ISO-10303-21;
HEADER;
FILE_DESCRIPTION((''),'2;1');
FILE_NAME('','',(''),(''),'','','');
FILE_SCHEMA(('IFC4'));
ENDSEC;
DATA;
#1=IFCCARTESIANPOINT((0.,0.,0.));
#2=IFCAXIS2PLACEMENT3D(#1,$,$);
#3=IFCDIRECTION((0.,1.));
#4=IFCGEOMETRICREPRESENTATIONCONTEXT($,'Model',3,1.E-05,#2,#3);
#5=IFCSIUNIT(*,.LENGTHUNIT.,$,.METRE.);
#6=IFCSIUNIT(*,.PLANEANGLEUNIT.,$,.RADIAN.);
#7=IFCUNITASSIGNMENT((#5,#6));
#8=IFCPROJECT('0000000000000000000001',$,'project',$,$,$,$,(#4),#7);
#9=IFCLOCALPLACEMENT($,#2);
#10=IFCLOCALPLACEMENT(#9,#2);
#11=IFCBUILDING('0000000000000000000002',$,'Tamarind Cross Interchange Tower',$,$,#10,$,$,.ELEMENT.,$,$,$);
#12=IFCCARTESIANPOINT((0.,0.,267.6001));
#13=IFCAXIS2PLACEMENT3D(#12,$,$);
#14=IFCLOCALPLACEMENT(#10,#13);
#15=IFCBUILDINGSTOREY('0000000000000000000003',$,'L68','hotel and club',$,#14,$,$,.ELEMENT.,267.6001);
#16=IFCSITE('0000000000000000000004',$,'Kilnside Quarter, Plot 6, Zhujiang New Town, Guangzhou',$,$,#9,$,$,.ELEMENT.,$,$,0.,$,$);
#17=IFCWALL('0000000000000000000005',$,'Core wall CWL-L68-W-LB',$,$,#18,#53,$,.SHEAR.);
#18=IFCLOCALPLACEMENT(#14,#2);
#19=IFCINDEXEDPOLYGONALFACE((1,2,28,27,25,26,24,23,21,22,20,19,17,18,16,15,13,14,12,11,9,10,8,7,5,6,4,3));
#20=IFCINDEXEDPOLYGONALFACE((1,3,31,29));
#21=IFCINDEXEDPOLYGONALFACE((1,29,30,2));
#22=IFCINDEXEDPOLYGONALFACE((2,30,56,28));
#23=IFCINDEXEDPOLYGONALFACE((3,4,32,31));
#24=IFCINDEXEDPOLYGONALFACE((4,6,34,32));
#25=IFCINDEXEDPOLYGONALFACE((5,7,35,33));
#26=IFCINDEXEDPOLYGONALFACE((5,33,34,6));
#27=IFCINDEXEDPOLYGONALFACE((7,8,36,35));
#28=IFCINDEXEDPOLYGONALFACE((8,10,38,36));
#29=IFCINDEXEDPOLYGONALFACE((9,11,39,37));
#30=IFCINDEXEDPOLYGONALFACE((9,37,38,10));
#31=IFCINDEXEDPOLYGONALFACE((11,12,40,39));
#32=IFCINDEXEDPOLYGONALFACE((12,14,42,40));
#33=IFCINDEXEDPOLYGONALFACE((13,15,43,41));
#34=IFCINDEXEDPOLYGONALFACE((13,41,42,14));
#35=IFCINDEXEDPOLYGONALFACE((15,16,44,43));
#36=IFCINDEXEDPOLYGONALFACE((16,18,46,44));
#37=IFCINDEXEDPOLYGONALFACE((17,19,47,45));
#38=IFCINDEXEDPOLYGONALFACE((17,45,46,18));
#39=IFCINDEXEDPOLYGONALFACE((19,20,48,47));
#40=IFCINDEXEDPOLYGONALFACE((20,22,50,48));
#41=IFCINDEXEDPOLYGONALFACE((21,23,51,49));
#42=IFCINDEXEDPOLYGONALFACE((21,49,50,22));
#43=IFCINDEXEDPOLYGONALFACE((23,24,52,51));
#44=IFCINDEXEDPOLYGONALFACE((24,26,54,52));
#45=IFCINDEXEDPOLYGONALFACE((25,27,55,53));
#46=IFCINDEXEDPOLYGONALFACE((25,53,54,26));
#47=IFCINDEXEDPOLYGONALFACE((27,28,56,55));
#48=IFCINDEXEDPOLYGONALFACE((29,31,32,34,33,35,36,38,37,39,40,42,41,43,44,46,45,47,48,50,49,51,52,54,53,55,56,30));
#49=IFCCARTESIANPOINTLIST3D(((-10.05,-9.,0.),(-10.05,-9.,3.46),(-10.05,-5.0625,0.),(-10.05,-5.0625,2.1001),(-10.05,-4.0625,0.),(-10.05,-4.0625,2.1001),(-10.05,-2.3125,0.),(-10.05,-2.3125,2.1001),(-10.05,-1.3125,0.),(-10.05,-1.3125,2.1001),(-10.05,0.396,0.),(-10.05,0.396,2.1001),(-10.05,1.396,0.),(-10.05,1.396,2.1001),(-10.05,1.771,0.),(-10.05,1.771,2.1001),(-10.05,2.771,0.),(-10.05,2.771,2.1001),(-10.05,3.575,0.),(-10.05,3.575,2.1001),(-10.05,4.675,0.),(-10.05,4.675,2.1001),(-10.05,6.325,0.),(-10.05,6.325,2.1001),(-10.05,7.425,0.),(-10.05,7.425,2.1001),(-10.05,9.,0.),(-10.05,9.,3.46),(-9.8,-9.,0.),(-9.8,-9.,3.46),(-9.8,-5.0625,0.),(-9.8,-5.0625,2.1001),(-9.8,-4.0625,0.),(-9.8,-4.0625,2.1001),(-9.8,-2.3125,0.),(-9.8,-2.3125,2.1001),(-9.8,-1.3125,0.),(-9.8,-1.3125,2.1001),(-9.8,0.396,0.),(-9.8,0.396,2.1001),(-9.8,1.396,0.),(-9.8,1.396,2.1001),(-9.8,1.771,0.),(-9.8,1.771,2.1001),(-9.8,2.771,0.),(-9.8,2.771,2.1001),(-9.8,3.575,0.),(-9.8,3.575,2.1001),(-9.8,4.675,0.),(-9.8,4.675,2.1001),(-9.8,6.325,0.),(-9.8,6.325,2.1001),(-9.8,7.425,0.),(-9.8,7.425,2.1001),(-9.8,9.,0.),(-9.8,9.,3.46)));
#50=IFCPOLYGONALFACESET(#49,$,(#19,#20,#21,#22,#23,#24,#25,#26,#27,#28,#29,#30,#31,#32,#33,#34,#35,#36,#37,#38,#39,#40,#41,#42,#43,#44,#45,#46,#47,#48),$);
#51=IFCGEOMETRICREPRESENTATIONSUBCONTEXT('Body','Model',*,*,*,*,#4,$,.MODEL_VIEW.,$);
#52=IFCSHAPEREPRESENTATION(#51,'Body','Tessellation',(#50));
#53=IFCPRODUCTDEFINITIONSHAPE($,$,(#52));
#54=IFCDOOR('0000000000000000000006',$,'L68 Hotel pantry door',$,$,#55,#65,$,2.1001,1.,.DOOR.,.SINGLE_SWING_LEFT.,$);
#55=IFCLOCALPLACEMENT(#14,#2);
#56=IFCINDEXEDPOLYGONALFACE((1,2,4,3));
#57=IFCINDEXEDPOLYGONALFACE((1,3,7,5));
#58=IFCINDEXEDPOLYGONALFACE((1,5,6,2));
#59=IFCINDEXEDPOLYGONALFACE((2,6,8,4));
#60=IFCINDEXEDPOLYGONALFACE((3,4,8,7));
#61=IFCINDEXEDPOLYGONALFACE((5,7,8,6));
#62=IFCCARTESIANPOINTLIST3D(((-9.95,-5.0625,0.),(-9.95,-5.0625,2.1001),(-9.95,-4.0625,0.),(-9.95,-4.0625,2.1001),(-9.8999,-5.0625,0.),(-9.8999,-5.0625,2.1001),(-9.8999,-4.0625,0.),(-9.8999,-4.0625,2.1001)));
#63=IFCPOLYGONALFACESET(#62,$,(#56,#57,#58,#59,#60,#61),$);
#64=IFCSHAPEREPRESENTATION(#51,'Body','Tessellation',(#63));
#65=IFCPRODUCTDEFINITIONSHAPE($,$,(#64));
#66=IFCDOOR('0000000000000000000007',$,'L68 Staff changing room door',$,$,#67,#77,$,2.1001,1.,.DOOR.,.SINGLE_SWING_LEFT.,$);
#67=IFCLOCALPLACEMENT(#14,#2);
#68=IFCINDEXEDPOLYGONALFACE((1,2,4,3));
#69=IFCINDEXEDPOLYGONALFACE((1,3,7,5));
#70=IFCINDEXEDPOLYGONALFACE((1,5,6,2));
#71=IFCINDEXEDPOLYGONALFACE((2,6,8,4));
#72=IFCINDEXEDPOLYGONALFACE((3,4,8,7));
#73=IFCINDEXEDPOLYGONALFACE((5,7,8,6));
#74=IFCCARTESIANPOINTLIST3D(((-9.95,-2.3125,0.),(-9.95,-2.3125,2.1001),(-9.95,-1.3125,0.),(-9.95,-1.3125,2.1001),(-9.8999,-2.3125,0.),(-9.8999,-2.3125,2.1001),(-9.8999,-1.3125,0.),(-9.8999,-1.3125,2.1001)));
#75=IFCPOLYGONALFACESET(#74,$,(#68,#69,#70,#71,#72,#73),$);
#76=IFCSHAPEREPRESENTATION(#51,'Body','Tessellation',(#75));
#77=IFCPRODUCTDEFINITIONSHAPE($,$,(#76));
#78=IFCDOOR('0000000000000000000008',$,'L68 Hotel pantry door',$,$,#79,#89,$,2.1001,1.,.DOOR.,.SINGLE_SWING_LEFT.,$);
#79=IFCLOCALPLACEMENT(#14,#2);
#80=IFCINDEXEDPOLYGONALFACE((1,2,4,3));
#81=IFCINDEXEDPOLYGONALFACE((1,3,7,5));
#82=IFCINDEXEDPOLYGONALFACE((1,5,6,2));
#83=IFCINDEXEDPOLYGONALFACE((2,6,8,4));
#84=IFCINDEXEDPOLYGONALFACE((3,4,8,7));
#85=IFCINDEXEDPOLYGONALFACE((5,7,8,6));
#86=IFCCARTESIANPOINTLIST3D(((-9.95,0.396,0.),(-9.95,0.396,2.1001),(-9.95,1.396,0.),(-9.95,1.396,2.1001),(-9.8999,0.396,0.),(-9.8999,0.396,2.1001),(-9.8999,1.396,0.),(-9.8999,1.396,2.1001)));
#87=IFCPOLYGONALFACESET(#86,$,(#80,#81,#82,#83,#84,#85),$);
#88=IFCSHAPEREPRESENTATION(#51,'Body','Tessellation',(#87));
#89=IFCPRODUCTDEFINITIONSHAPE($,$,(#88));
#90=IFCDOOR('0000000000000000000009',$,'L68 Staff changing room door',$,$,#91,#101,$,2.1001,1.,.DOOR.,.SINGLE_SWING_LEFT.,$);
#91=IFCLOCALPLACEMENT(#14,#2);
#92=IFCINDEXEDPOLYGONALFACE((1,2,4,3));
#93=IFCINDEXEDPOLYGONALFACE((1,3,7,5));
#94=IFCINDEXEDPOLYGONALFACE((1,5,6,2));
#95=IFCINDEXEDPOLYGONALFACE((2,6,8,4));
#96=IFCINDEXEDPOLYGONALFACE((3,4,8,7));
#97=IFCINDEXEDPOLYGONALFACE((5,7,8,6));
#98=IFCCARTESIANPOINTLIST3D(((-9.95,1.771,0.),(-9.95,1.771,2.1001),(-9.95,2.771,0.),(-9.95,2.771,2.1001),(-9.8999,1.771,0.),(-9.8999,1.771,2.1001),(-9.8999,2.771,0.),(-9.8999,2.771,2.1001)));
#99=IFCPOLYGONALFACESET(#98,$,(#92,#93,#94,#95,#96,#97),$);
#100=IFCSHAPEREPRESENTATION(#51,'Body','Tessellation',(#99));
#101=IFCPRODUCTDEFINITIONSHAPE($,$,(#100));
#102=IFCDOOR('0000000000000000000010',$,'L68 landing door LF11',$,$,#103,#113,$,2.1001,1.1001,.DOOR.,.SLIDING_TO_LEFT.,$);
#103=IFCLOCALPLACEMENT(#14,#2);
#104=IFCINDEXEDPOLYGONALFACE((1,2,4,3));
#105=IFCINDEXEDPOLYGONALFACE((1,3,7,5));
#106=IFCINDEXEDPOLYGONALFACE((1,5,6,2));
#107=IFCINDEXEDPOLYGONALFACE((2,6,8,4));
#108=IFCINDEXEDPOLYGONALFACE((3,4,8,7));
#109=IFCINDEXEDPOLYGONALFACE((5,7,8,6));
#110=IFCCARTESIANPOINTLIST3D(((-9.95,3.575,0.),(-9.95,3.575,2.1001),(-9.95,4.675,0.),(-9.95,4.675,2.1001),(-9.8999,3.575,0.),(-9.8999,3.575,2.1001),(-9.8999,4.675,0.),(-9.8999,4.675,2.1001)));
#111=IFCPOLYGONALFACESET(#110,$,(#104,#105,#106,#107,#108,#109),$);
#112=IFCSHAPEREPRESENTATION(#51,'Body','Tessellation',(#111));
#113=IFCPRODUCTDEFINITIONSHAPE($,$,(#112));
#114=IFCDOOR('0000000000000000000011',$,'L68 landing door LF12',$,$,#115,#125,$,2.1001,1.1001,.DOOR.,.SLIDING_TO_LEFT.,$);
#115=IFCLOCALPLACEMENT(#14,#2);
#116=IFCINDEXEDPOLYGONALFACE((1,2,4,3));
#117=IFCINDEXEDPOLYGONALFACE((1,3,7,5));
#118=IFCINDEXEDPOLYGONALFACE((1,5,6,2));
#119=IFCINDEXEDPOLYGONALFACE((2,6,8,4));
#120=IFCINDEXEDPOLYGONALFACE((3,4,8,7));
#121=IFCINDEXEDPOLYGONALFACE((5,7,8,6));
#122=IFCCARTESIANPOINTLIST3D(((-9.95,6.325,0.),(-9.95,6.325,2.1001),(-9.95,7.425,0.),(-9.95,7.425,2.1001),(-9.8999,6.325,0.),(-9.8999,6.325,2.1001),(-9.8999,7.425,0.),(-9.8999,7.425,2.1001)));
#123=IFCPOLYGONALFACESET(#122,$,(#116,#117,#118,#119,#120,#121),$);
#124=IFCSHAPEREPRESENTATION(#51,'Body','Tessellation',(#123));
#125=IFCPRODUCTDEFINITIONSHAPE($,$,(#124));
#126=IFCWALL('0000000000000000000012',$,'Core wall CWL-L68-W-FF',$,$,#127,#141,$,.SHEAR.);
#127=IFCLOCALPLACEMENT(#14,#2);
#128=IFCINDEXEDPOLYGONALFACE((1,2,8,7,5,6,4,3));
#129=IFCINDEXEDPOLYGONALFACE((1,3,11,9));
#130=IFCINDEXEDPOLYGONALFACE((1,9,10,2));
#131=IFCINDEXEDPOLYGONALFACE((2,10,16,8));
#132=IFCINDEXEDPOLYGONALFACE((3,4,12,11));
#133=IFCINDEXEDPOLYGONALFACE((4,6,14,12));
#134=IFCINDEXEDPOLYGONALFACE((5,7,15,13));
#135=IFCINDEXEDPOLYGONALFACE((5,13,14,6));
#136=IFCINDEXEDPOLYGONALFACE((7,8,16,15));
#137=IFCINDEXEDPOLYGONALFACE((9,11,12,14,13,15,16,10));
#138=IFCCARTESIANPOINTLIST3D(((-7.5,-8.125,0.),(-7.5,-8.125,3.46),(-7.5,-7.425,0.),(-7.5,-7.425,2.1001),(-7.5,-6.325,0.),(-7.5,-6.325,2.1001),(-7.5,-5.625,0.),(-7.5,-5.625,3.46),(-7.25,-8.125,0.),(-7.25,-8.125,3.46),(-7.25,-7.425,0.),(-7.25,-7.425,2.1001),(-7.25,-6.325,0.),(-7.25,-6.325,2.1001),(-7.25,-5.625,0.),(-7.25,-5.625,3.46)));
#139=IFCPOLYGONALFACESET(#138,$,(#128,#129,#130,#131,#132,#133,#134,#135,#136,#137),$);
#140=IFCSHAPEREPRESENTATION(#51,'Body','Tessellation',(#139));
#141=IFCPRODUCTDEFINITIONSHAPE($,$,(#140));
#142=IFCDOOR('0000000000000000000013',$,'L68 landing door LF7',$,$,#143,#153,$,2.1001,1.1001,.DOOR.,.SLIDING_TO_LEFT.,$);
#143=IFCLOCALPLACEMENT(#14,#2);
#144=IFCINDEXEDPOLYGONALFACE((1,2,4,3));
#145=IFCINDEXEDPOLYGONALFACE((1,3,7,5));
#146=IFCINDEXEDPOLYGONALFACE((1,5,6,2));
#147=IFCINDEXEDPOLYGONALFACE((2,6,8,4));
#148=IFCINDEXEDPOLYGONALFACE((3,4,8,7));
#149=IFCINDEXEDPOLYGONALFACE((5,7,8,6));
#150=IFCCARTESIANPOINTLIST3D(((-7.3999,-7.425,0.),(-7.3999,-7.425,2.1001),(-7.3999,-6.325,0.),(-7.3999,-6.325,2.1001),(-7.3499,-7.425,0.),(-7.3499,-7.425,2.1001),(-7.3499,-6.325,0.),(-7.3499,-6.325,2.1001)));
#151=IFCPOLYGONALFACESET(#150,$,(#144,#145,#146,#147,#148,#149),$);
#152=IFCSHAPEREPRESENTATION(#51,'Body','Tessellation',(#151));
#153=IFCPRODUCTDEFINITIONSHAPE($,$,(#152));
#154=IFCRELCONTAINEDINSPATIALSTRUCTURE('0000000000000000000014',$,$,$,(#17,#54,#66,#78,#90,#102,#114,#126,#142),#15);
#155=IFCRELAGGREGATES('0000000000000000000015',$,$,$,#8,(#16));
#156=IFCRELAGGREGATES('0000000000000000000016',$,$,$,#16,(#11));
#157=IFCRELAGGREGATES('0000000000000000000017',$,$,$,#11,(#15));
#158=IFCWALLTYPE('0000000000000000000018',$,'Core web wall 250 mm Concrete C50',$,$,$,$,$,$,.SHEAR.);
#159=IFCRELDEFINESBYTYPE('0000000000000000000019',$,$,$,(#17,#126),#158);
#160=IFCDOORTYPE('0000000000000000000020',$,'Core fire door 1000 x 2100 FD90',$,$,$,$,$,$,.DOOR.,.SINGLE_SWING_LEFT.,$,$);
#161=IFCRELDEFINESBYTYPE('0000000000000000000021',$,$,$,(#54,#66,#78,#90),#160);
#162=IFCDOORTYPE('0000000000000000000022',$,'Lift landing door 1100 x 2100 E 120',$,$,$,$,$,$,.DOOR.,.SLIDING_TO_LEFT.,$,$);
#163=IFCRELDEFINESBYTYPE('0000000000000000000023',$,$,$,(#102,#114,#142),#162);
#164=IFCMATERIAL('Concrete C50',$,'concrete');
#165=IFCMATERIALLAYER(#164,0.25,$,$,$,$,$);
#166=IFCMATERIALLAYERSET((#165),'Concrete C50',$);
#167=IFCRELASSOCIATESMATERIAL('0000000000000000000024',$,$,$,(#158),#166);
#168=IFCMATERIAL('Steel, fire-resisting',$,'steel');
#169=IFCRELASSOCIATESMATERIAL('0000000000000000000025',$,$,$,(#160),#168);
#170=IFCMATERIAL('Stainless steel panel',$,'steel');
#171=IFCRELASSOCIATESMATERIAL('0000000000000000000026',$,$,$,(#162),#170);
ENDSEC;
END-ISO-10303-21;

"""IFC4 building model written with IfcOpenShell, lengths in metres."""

from ifc_helpers import new_model, si_unit, direction, frame, frame_2d, origin, place, context, subcontext, project, spatial, rectangle, extrude, material, layer, layer_set, type_object, element, fill, save


model = new_model("IFC4")

# Units and contexts
model_context = context("Model", 3, precision=1e-05, world=origin(), true_north=direction((0.0, 1.0)))
body_context = subcontext(model_context, "Body", "Model", "MODEL_VIEW")
ifc_project = project(units=[si_unit("LENGTHUNIT", "METRE"), si_unit("PLANEANGLEUNIT", "RADIAN")], contexts=[model_context])

# Site, building, storey
site_placement = place(None, origin())
site = spatial("IfcSite", under=ifc_project, at=site_placement, Name="Kilnside Quarter, Plot 6, Zhujiang New Town, Guangzhou", CompositionType="ELEMENT", RefElevation=0.0)
building_placement = place(site_placement, origin())
building = spatial("IfcBuilding", under=site, at=building_placement, Name="Tamarind Cross Interchange Tower", CompositionType="ELEMENT")
storey_placement = place(building_placement, frame((0.0, 0.0, 267.6001)))
storey = spatial("IfcBuildingStorey", under=building, at=storey_placement, Name="L68", Description="hotel and club", CompositionType="ELEMENT", Elevation=267.6001)

# Shared definitions
ifc_material_1 = material(Name="Concrete C50", Category="concrete")
ifc_material_2 = material(Name="Steel, fire-resisting", Category="steel")

# Shared definitions
ifc_layer_1 = layer(ifc_material_1, 0.25)
ifc_layer_set_1 = layer_set([ifc_layer_1], Name="Concrete C50")
wall_type_1 = type_object("IfcWallType", Name="Core web wall 250 mm Concrete C50", PredefinedType="SHEAR", material=ifc_layer_set_1)

# Wall, openings, doors
door_type_1 = type_object("IfcDoorType", Name="Core fire door 1000 x 2100 FD90", OperationType="SINGLE_SWING_LEFT", PredefinedType="DOOR", material=ifc_material_2)
ifc_material_3 = material(Name="Stainless steel panel", Category="steel")
wall_1_placement = place(storey_placement, frame((-9.925, -9.0, 0.0), z_axis=(0.0, 0.0, 1.0), x_axis=(0.0, 1.0, 0.0)))
wall_1 = element("IfcWall", 1, at=wall_1_placement, inside=storey, type_object=wall_type_1, Name="Core wall CWL-L68-W-LB", PredefinedType="SHEAR", context=body_context, shape_type="SweptSolid", body=[
    extrude(rectangle(XDim=18.0, YDim=0.25, at=frame_2d((9.0, 0.0))), origin(), (0.0, 0.0, 1.0), 3.46),
])
opening_1_placement = place(wall_1_placement, frame((12.575, 0.0, 0.0)))
opening_1 = element("IfcOpeningElement", 2, at=opening_1_placement, cuts=wall_1, PredefinedType="OPENING", context=body_context, shape_type="SweptSolid", body=[
    extrude(rectangle(XDim=1.1001, YDim=2.1001, at=frame_2d((0.55, 1.05))), frame((0.0, 0.135, 0.0), z_axis=(0.0, -1.0, 0.0), x_axis=(1.0, 0.0, 0.0)), (0.0, 0.0, 1.0), 0.27),
])
opening_2_placement = place(wall_1_placement, frame((15.325, 0.0, 0.0)))
opening_2 = element("IfcOpeningElement", 3, at=opening_2_placement, cuts=wall_1, PredefinedType="OPENING", context=body_context, shape_type="SweptSolid", body=[
    extrude(rectangle(XDim=1.1001, YDim=2.1001, at=frame_2d((0.55, 1.05))), frame((0.0, 0.135, 0.0), z_axis=(0.0, -1.0, 0.0), x_axis=(1.0, 0.0, 0.0)), (0.0, 0.0, 1.0), 0.27),
])
opening_3_placement = place(wall_1_placement, frame((3.9375, 0.0, 0.0)))
opening_3 = element("IfcOpeningElement", 4, at=opening_3_placement, cuts=wall_1, PredefinedType="OPENING", context=body_context, shape_type="SweptSolid", body=[
    extrude(rectangle(XDim=1.0, YDim=2.1001, at=frame_2d((0.5, 1.05))), frame((0.0, 0.135, 0.0), z_axis=(0.0, -1.0, 0.0), x_axis=(1.0, 0.0, 0.0)), (0.0, 0.0, 1.0), 0.27),
])
opening_4_placement = place(wall_1_placement, frame((6.6875, 0.0, 0.0)))
opening_4 = element("IfcOpeningElement", 5, at=opening_4_placement, cuts=wall_1, PredefinedType="OPENING", context=body_context, shape_type="SweptSolid", body=[
    extrude(rectangle(XDim=1.0, YDim=2.1001, at=frame_2d((0.5, 1.05))), frame((0.0, 0.135, 0.0), z_axis=(0.0, -1.0, 0.0), x_axis=(1.0, 0.0, 0.0)), (0.0, 0.0, 1.0), 0.27),
])
opening_5_placement = place(wall_1_placement, frame((9.396, 0.0, 0.0)))
opening_5 = element("IfcOpeningElement", 6, at=opening_5_placement, cuts=wall_1, PredefinedType="OPENING", context=body_context, shape_type="SweptSolid", body=[
    extrude(rectangle(XDim=1.0, YDim=2.1001, at=frame_2d((0.5, 1.05))), frame((0.0, 0.135, 0.0), z_axis=(0.0, -1.0, 0.0), x_axis=(1.0, 0.0, 0.0)), (0.0, 0.0, 1.0), 0.27),
])
opening_6_placement = place(wall_1_placement, frame((10.771, 0.0, 0.0)))
opening_6 = element("IfcOpeningElement", 7, at=opening_6_placement, cuts=wall_1, PredefinedType="OPENING", context=body_context, shape_type="SweptSolid", body=[
    extrude(rectangle(XDim=1.0, YDim=2.1001, at=frame_2d((0.5, 1.05))), frame((0.0, 0.135, 0.0), z_axis=(0.0, -1.0, 0.0), x_axis=(1.0, 0.0, 0.0)), (0.0, 0.0, 1.0), 0.27),
])
door_1_placement = place(opening_3_placement, origin())
door_1 = element("IfcDoor", 8, at=door_1_placement, inside=storey, type_object=door_type_1, Name="L68 Hotel pantry door", OperationType="SINGLE_SWING_LEFT", OverallHeight=2.1001, OverallWidth=1.0, PredefinedType="DOOR", context=body_context, shape_type="SweptSolid", body=[
    extrude(rectangle(XDim=1.0, YDim=2.1001, at=frame_2d((0.5, 1.05))), frame((0.0, 0.0249, 0.0), z_axis=(0.0, -1.0, 0.0), x_axis=(1.0, 0.0, 0.0)), (0.0, 0.0, 1.0), 0.05),
])
fill(opening_3, door_1)
door_2_placement = place(opening_4_placement, origin())
door_2 = element("IfcDoor", 9, at=door_2_placement, inside=storey, type_object=door_type_1, Name="L68 Staff changing room door", OperationType="SINGLE_SWING_LEFT", OverallHeight=2.1001, OverallWidth=1.0, PredefinedType="DOOR", context=body_context, shape_type="SweptSolid", body=[
    extrude(rectangle(XDim=1.0, YDim=2.1001, at=frame_2d((0.5, 1.05))), frame((0.0, 0.0249, 0.0), z_axis=(0.0, -1.0, 0.0), x_axis=(1.0, 0.0, 0.0)), (0.0, 0.0, 1.0), 0.05),
])
fill(opening_4, door_2)
door_3_placement = place(opening_5_placement, origin())
door_3 = element("IfcDoor", 10, at=door_3_placement, inside=storey, type_object=door_type_1, Name="L68 Hotel pantry door", OperationType="SINGLE_SWING_LEFT", OverallHeight=2.1001, OverallWidth=1.0, PredefinedType="DOOR", context=body_context, shape_type="SweptSolid", body=[
    extrude(rectangle(XDim=1.0, YDim=2.1001, at=frame_2d((0.5, 1.05))), frame((0.0, 0.0249, 0.0), z_axis=(0.0, -1.0, 0.0), x_axis=(1.0, 0.0, 0.0)), (0.0, 0.0, 1.0), 0.05),
])
fill(opening_5, door_3)
door_4_placement = place(opening_6_placement, origin())
door_4 = element("IfcDoor", 11, at=door_4_placement, inside=storey, type_object=door_type_1, Name="L68 Staff changing room door", OperationType="SINGLE_SWING_LEFT", OverallHeight=2.1001, OverallWidth=1.0, PredefinedType="DOOR", context=body_context, shape_type="SweptSolid", body=[
    extrude(rectangle(XDim=1.0, YDim=2.1001, at=frame_2d((0.5, 1.05))), frame((0.0, 0.0249, 0.0), z_axis=(0.0, -1.0, 0.0), x_axis=(1.0, 0.0, 0.0)), (0.0, 0.0, 1.0), 0.05),
])
fill(opening_6, door_4)
door_type_2 = type_object("IfcDoorType", Name="Lift landing door 1100 x 2100 E 120", OperationType="SLIDING_TO_LEFT", PredefinedType="DOOR", material=ifc_material_3)
door_5_placement = place(opening_1_placement, origin())
door_5 = element("IfcDoor", 12, at=door_5_placement, inside=storey, type_object=door_type_2, Name="L68 landing door LF11", OperationType="SLIDING_TO_LEFT", OverallHeight=2.1001, OverallWidth=1.1001, PredefinedType="DOOR", context=body_context, shape_type="SweptSolid", body=[
    extrude(rectangle(XDim=1.1001, YDim=2.1001, at=frame_2d((0.55, 1.05))), frame((0.0, 0.0249, 0.0), z_axis=(0.0, -1.0, 0.0), x_axis=(1.0, 0.0, 0.0)), (0.0, 0.0, 1.0), 0.05),
])
fill(opening_1, door_5)
door_6_placement = place(opening_2_placement, origin())
door_6 = element("IfcDoor", 13, at=door_6_placement, inside=storey, type_object=door_type_2, Name="L68 landing door LF12", OperationType="SLIDING_TO_LEFT", OverallHeight=2.1001, OverallWidth=1.1001, PredefinedType="DOOR", context=body_context, shape_type="SweptSolid", body=[
    extrude(rectangle(XDim=1.1001, YDim=2.1001, at=frame_2d((0.55, 1.05))), frame((0.0, 0.0249, 0.0), z_axis=(0.0, -1.0, 0.0), x_axis=(1.0, 0.0, 0.0)), (0.0, 0.0, 1.0), 0.05),
])
fill(opening_2, door_6)

# Wall, opening, door
wall_2_placement = place(storey_placement, frame((-7.375, -8.125, 0.0), z_axis=(0.0, 0.0, 1.0), x_axis=(0.0, 1.0, 0.0)))
wall_2 = element("IfcWall", 14, at=wall_2_placement, inside=storey, type_object=wall_type_1, Name="Core wall CWL-L68-W-FF", PredefinedType="SHEAR", context=body_context, shape_type="SweptSolid", body=[
    extrude(rectangle(XDim=2.5, YDim=0.25, at=frame_2d((1.25, 0.0))), origin(), (0.0, 0.0, 1.0), 3.46),
])
opening_7_placement = place(wall_2_placement, frame((0.7, 0.0, 0.0)))
opening_7 = element("IfcOpeningElement", 15, at=opening_7_placement, cuts=wall_2, PredefinedType="OPENING", context=body_context, shape_type="SweptSolid", body=[
    extrude(rectangle(XDim=1.1001, YDim=2.1001, at=frame_2d((0.55, 1.05))), frame((0.0, 0.135, 0.0), z_axis=(0.0, -1.0, 0.0), x_axis=(1.0, 0.0, 0.0)), (0.0, 0.0, 1.0), 0.27),
])
door_7_placement = place(opening_7_placement, origin())
door_7 = element("IfcDoor", 16, at=door_7_placement, inside=storey, type_object=door_type_2, Name="L68 landing door LF7", OperationType="SLIDING_TO_LEFT", OverallHeight=2.1001, OverallWidth=1.1001, PredefinedType="DOOR", context=body_context, shape_type="SweptSolid", body=[
    extrude(rectangle(XDim=1.1001, YDim=2.1001, at=frame_2d((0.55, 1.05))), frame((0.0, 0.0249, 0.0), z_axis=(0.0, -1.0, 0.0), x_axis=(1.0, 0.0, 0.0)), (0.0, 0.0, 1.0), 0.05),
])
fill(opening_7, door_7)

save(model, "model.ifc")
